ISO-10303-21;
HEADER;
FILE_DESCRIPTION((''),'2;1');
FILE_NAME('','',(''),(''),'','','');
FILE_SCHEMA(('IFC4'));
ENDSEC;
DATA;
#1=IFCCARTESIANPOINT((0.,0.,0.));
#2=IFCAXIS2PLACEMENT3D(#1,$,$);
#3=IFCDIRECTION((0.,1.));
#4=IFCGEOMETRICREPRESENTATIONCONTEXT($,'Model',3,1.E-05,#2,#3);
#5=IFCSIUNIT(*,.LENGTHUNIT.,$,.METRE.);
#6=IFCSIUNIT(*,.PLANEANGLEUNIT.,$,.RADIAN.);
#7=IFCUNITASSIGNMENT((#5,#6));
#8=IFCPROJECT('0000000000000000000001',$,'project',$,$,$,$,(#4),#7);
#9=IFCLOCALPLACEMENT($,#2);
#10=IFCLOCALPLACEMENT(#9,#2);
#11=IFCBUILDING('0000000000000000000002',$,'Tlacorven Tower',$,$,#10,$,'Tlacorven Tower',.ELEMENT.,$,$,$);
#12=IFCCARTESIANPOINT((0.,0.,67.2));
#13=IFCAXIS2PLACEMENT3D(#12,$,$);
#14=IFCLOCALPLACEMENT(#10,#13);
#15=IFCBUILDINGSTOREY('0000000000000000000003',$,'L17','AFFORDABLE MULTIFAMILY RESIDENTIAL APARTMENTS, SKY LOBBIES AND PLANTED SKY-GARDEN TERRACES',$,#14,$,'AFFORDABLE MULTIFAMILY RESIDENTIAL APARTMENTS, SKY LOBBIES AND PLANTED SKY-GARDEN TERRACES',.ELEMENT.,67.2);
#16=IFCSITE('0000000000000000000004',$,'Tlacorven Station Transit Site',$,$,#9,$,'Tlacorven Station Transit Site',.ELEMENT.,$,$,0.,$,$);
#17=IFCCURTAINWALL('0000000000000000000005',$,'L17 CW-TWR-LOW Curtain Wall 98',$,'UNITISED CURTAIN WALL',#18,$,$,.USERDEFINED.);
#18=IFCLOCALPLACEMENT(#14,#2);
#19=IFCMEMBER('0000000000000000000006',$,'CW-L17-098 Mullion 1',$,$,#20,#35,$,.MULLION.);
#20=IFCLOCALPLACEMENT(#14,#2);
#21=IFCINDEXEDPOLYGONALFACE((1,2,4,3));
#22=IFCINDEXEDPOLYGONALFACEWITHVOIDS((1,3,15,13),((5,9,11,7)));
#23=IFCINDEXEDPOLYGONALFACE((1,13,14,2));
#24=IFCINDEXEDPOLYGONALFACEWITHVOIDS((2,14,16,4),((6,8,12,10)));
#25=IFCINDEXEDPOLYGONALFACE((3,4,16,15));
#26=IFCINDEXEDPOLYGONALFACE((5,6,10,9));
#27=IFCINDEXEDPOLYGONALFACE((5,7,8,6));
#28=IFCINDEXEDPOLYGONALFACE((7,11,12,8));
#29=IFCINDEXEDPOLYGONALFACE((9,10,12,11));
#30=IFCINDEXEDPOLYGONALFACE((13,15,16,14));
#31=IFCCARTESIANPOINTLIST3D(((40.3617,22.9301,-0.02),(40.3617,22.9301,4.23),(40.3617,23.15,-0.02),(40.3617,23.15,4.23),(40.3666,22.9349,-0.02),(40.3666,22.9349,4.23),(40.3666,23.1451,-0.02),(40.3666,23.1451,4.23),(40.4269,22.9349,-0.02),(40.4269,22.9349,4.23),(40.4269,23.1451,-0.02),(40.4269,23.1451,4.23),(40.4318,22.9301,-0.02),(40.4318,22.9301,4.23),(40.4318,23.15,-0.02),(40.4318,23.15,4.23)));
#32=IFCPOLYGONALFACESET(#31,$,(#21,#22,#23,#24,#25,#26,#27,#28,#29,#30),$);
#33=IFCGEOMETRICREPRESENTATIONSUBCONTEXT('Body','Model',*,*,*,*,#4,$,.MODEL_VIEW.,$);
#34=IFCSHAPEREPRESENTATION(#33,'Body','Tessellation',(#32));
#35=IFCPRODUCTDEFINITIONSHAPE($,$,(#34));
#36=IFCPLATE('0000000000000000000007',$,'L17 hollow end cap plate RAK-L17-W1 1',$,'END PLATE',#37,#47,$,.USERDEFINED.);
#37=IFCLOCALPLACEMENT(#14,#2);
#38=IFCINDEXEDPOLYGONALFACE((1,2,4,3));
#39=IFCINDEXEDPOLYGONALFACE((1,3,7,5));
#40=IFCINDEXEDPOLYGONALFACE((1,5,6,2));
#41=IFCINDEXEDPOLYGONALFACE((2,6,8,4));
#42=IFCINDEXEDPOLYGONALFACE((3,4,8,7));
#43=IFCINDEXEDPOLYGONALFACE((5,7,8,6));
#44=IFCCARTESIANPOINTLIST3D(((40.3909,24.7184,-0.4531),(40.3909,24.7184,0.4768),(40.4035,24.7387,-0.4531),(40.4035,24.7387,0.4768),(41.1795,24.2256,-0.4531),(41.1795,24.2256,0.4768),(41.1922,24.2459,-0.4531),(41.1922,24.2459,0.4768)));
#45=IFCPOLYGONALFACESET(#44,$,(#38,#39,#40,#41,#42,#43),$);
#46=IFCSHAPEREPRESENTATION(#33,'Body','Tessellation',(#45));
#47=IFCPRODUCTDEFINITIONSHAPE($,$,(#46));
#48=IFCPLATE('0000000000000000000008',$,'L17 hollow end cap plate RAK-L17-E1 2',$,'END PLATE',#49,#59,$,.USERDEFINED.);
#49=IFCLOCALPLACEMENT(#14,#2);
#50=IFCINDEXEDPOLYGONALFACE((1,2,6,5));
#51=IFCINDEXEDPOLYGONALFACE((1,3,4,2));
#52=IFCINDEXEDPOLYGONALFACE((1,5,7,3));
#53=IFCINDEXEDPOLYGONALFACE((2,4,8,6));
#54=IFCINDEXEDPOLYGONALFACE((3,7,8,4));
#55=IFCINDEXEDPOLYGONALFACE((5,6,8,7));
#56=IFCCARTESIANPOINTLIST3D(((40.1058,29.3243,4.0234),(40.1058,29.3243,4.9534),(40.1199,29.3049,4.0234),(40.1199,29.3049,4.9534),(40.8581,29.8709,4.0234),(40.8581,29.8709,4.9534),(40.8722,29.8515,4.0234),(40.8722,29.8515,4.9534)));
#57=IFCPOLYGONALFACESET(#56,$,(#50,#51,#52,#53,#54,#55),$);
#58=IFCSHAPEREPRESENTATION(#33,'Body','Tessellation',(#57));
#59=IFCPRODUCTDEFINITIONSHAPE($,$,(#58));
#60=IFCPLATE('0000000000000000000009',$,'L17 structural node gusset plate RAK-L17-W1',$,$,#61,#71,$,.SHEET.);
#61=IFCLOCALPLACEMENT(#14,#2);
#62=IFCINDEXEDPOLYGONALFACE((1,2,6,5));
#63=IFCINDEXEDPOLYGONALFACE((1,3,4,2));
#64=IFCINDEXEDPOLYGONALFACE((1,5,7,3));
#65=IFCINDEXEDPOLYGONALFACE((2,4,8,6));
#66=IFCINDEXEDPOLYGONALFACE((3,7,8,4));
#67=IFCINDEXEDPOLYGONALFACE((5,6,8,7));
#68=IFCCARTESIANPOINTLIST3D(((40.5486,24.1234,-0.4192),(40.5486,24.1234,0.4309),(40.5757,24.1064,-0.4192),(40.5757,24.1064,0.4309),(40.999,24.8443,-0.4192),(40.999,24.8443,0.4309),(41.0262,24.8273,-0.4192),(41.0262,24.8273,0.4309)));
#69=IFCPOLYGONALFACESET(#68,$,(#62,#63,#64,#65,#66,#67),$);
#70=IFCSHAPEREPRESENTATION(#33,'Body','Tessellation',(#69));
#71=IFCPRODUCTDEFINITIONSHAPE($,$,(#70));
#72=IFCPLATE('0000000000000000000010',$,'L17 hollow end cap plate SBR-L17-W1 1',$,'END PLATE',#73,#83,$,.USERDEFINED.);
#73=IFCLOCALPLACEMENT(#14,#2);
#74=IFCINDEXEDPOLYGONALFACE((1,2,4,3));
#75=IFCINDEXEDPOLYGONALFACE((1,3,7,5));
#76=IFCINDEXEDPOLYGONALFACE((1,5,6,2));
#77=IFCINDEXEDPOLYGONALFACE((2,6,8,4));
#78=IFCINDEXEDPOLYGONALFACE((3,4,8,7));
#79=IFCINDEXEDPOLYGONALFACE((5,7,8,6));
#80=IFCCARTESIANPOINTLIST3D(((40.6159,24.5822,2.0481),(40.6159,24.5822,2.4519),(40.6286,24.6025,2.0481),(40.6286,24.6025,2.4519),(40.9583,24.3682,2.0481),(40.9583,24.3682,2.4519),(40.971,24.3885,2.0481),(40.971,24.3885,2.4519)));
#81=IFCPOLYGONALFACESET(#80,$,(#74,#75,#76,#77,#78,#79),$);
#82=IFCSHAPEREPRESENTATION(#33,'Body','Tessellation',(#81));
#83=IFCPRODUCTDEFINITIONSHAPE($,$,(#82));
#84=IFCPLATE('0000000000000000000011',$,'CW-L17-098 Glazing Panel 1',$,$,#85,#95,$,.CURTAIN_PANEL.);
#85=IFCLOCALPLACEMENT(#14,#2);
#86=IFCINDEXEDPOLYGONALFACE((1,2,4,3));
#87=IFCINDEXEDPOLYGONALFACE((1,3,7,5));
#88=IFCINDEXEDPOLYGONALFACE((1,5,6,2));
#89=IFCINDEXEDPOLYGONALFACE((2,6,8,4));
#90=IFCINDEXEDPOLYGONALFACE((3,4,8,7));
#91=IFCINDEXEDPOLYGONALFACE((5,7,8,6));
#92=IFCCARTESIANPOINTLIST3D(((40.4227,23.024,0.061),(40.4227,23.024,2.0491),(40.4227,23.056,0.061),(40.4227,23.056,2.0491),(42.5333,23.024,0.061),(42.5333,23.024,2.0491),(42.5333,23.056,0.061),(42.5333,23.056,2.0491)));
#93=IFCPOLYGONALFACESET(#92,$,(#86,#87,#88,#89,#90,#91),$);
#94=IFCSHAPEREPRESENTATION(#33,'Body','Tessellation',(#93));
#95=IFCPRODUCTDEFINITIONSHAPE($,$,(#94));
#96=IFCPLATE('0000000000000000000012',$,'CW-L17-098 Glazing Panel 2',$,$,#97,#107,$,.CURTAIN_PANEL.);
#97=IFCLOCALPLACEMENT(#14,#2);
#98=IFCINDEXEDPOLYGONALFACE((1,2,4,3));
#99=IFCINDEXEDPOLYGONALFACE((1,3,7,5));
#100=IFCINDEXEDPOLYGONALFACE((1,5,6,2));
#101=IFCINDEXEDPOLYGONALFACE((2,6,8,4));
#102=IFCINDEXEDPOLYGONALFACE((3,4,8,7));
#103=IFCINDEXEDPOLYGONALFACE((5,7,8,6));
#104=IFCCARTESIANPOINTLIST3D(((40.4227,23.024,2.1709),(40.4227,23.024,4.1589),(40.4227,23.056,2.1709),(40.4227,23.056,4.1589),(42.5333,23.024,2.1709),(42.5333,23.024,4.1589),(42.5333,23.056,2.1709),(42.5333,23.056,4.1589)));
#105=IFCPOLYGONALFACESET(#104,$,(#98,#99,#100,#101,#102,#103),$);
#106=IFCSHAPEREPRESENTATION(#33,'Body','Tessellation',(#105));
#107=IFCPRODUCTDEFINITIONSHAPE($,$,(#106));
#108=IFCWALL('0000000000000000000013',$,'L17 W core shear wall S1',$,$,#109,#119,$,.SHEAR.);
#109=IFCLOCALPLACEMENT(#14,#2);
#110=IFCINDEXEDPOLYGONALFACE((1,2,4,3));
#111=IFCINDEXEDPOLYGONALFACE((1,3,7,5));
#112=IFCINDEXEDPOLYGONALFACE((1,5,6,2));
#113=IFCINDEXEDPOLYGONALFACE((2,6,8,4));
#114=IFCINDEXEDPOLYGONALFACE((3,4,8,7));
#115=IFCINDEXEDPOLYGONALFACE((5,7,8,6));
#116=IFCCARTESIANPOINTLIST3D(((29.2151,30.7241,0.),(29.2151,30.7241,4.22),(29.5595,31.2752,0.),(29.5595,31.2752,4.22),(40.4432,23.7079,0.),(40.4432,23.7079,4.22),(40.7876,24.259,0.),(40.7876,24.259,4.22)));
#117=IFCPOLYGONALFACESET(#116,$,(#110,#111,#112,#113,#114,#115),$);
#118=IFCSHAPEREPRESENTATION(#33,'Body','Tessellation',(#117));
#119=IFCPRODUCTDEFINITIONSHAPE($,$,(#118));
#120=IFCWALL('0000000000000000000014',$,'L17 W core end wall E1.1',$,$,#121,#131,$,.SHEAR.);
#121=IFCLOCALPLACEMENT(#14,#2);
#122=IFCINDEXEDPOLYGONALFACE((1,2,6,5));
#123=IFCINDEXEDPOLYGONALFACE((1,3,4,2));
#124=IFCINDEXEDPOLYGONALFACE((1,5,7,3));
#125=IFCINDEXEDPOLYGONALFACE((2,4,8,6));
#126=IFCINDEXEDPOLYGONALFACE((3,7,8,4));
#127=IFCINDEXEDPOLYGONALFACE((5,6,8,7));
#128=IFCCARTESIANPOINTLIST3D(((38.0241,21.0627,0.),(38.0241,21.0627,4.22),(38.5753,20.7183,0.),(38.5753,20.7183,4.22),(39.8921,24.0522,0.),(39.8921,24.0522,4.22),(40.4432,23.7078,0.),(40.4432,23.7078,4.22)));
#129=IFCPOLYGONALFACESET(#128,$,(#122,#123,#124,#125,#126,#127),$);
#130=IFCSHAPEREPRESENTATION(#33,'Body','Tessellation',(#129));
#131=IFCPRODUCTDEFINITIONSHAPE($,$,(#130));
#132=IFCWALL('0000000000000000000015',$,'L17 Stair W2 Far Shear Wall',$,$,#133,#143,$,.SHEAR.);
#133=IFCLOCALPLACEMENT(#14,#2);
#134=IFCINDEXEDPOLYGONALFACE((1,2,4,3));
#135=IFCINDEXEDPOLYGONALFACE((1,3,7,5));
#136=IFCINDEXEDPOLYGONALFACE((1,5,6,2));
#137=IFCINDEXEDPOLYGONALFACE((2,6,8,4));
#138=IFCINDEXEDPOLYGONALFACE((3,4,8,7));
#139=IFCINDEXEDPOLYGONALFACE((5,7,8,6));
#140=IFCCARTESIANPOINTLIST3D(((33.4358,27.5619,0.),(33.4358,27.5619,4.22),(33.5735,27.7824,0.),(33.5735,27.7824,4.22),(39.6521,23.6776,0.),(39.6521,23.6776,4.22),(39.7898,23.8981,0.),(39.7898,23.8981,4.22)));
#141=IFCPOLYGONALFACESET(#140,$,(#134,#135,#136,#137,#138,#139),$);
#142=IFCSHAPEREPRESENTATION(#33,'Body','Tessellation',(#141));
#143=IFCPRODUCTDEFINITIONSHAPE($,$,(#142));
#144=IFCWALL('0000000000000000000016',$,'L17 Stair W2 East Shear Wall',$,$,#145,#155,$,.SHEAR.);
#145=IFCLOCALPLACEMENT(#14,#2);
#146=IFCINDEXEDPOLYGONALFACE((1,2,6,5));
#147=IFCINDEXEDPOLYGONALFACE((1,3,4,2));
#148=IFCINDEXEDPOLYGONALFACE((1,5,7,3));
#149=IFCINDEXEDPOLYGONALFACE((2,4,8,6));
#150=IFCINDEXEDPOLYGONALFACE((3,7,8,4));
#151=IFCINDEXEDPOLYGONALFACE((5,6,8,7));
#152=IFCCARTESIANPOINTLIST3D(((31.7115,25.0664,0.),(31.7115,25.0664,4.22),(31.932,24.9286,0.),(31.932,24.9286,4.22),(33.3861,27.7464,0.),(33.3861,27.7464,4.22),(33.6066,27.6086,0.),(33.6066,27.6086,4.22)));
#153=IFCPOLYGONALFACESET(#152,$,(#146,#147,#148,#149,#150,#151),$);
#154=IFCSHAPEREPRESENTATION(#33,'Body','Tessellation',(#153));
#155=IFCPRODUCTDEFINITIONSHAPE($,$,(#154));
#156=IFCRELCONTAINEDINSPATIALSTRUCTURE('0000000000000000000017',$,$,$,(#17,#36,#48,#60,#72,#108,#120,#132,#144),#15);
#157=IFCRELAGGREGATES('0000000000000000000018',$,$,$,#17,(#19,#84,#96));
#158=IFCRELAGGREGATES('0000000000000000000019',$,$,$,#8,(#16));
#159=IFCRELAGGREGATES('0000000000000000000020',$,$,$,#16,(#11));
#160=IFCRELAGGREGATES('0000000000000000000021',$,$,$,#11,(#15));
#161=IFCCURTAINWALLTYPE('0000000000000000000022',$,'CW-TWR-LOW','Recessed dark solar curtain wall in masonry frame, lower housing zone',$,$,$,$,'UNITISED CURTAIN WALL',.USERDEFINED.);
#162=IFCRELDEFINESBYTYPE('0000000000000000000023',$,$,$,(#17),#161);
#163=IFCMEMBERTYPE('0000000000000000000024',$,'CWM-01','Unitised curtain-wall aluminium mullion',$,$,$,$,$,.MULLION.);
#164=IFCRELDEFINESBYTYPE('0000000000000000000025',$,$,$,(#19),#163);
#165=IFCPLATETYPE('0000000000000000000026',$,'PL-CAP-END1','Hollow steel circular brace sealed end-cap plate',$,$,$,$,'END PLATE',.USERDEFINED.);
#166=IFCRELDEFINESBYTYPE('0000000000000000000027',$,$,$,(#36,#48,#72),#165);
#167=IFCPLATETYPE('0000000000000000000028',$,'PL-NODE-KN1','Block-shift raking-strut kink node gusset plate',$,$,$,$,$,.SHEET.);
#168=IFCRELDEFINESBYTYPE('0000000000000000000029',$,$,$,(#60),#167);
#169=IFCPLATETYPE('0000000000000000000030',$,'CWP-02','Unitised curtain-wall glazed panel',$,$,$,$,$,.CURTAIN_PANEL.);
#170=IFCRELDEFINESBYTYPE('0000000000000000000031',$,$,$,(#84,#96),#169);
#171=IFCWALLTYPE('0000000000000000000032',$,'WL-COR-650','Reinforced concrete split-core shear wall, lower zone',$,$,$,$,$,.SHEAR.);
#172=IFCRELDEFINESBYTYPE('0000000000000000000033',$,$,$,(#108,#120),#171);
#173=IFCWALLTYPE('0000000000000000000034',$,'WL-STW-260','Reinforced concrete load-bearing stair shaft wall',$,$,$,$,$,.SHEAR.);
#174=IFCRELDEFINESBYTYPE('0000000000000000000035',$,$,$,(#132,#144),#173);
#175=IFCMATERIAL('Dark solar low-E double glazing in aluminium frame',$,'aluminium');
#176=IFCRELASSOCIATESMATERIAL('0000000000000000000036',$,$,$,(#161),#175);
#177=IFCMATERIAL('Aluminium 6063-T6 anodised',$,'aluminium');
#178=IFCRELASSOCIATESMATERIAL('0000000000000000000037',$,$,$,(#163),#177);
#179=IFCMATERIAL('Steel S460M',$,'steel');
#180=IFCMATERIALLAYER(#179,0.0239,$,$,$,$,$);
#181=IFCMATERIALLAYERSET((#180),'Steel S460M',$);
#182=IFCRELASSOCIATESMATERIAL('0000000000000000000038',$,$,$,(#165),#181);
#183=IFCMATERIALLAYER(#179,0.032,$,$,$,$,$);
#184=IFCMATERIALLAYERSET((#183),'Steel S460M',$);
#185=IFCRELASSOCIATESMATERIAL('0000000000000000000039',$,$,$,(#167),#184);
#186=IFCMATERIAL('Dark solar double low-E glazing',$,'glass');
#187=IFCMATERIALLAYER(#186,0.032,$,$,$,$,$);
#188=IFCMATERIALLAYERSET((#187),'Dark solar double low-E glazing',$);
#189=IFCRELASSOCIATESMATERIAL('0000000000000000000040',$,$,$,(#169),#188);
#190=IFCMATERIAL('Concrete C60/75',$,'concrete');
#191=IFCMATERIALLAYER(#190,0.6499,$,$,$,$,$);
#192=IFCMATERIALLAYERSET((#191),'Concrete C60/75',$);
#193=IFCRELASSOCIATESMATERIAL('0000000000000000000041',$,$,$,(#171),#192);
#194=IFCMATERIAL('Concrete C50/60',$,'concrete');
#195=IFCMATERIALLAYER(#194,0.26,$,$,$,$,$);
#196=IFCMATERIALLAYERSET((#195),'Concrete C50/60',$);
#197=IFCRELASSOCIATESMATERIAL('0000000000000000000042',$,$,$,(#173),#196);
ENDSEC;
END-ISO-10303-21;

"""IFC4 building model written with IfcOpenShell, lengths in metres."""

from ifc_helpers import new_model, si_unit, direction, frame, frame_2d, origin, origin_2d, place, context, subcontext, project, spatial, rectangle, hollow_rectangle, extrude, source, transform, mapped, material, layer, layer_set, material_profile, profile_set, type_object, element, aggregate, save


model = new_model("IFC4")

# Units and contexts
model_context = context("Model", 3, precision=1e-05, world=origin(), true_north=direction((0.0, 1.0)))
body_context = subcontext(model_context, "Body", "Model", "MODEL_VIEW")
ifc_project = project(units=[si_unit("LENGTHUNIT", "METRE"), si_unit("PLANEANGLEUNIT", "RADIAN")], contexts=[model_context])

# Site, building, storey
site_placement = place(None, origin())
site = spatial("IfcSite", under=ifc_project, at=site_placement, Name="Tlacorven Station Transit Site", LongName="Tlacorven Station Transit Site", CompositionType="ELEMENT", RefElevation=0.0)
building_placement = place(site_placement, origin())
building = spatial("IfcBuilding", under=site, at=building_placement, Name="Tlacorven Tower", LongName="Tlacorven Tower", CompositionType="ELEMENT")
storey_placement = place(building_placement, frame((0.0, 0.0, 67.2)))
storey = spatial("IfcBuildingStorey", under=building, at=storey_placement, Name="L17", Description="AFFORDABLE MULTIFAMILY RESIDENTIAL APARTMENTS, SKY LOBBIES AND PLANTED SKY-GARDEN TERRACES", LongName="AFFORDABLE MULTIFAMILY RESIDENTIAL APARTMENTS, SKY LOBBIES AND PLANTED SKY-GARDEN TERRACES", CompositionType="ELEMENT", Elevation=67.2)

# Shared definitions
ifc_material_1 = material(Name="Steel S460M", Category="steel")

# Curtain wall, member
ifc_material_2 = material(Name="Dark solar low-E double glazing in aluminium frame", Category="aluminium")
curtain_wall_type = type_object("IfcCurtainWallType", Name="CW-TWR-LOW", Description="Recessed dark solar curtain wall in masonry frame, lower housing zone", ElementType="UNITISED CURTAIN WALL", PredefinedType="USERDEFINED", material=ifc_material_2)
curtain_wall_placement = place(storey_placement, origin())
curtain_wall = element("IfcCurtainWall", 1, at=curtain_wall_placement, inside=storey, type_object=curtain_wall_type, Name="L17 CW-TWR-LOW Curtain Wall 98", ObjectType="UNITISED CURTAIN WALL", PredefinedType="USERDEFINED")
ifc_material_3 = material(Name="Aluminium 6063-T6 anodised", Category="aluminium")
ifc_material_profile_1 = material_profile(ifc_material_3, hollow_rectangle(XDim=0.0701, YDim=0.22, WallThickness=0.0049, at=origin_2d()), Name="ALU MULLION 70X220")
ifc_profile_set_1 = profile_set([ifc_material_profile_1], Name="Aluminium 6063-T6 anodised")
member_type_1 = type_object("IfcMemberType", Name="CWM-01", Description="Unitised curtain-wall aluminium mullion", PredefinedType="MULLION", material=ifc_profile_set_1)
shared_shape_1 = source(origin(), body_context, "Body", "SweptSolid", [
    extrude(hollow_rectangle(XDim=0.0701, YDim=0.22, WallThickness=0.0049, at=origin_2d()), origin(), (0.0, 0.0, 1.0), 4.25),
])
member_1_placement = place(storey_placement, frame((40.3967, 23.04, -0.02), z_axis=(0.0, 0.0, 1.0), x_axis=(1.0, 0.0, 0.0)))
member_1 = element("IfcMember", 2, at=member_1_placement, type_object=member_type_1, Name="CW-L17-098 Mullion 1", PredefinedType="MULLION", context=body_context, shape_type="MappedRepresentation", body=[
    mapped(shared_shape_1, transform((0.0, 0.0, 0.0), scale=1.0)),
])

# Plates
ifc_layer_1 = layer(ifc_material_1, 0.0239)
ifc_layer_set_1 = layer_set([ifc_layer_1], Name="Steel S460M")
plate_type_1 = type_object("IfcPlateType", Name="PL-CAP-END1", Description="Hollow steel circular brace sealed end-cap plate", ElementType="END PLATE", PredefinedType="USERDEFINED", material=ifc_layer_set_1)
shared_shape_2 = source(origin(), body_context, "Body", "SweptSolid", [
    extrude(rectangle(XDim=0.0239, YDim=0.9299, at=origin_2d()), origin(), (0.0, 0.0, 1.0), 0.9299),
])
for number, where, z_axis, x_axis, name in (
    (3, (40.7915, 24.4822, -0.4531), (0.0, 0.0, 1.0), (0.529919, 0.848048, 0.0), "L17 hollow end cap plate RAK-L17-W1 1"),
    (4, (40.489, 29.5879, 4.0234), (0.0, 0.0, 1.0), (-0.587785, 0.809017, 0.0), "L17 hollow end cap plate RAK-L17-E1 2"),
):
    element("IfcPlate", number, at=place(storey_placement, frame(where, z_axis=z_axis, x_axis=x_axis)), inside=storey, type_object=plate_type_1, Name=name, ObjectType="END PLATE", PredefinedType="USERDEFINED", context=body_context, shape_type="MappedRepresentation", body=[
        mapped(shared_shape_2, transform((0.0, 0.0, 0.0), scale=1.0)),
    ])
ifc_layer_2 = layer(ifc_material_1, 0.032)
ifc_layer_set_2 = layer_set([ifc_layer_2], Name="Steel S460M")
plate_type_2 = type_object("IfcPlateType", Name="PL-NODE-KN1", Description="Block-shift raking-strut kink node gusset plate", PredefinedType="SHEET", material=ifc_layer_set_2)
shared_shape_3 = source(origin(), body_context, "Body", "SweptSolid", [
    extrude(rectangle(XDim=0.8501, YDim=0.032, at=origin_2d()), origin(), (0.0, 0.0, 1.0), 0.8501),
])
plate_1_placement = place(storey_placement, frame((40.7874, 24.4753, -0.4192), z_axis=(0.0, 0.0, 1.0), x_axis=(0.529919, 0.848048, 0.0)))
element("IfcPlate", 5, at=plate_1_placement, inside=storey, type_object=plate_type_2, Name="L17 structural node gusset plate RAK-L17-W1", PredefinedType="SHEET", context=body_context, shape_type="MappedRepresentation", body=[
    mapped(shared_shape_3, transform((0.0, 0.0, 0.0), scale=1.0)),
])
shared_shape_4 = source(origin(), body_context, "Body", "SweptSolid", [
    extrude(rectangle(XDim=0.0239, YDim=0.4038, at=origin_2d()), origin(), (0.0, 0.0, 1.0), 0.4038),
])
plate_2_placement = place(storey_placement, frame((40.7935, 24.4854, 2.0481), z_axis=(0.0, 0.0, 1.0), x_axis=(0.52992, 0.848047, 0.0)))
element("IfcPlate", 6, at=plate_2_placement, inside=storey, type_object=plate_type_1, Name="L17 hollow end cap plate SBR-L17-W1 1", ObjectType="END PLATE", PredefinedType="USERDEFINED", context=body_context, shape_type="MappedRepresentation", body=[
    mapped(shared_shape_4, transform((0.0, 0.0, 0.0), scale=1.0)),
])

# Plates
ifc_material_4 = material(Name="Dark solar double low-E glazing", Category="glass")
ifc_layer_3 = layer(ifc_material_4, 0.032)
ifc_layer_set_3 = layer_set([ifc_layer_3], Name="Dark solar double low-E glazing")
plate_type_3 = type_object("IfcPlateType", Name="CWP-02", Description="Unitised curtain-wall glazed panel", PredefinedType="CURTAIN_PANEL", material=ifc_layer_set_3)
shared_shape_5 = source(origin(), body_context, "Body", "SweptSolid", [
    extrude(rectangle(XDim=2.1106, YDim=0.032, at=origin_2d()), origin(), (0.0, 0.0, 1.0), 1.988),
])
plate_3_placement = place(storey_placement, frame((41.478, 23.04, 0.061), z_axis=(0.0, 0.0, 1.0), x_axis=(1.0, 0.0, 0.0)))
plate_3 = element("IfcPlate", 7, at=plate_3_placement, type_object=plate_type_3, Name="CW-L17-098 Glazing Panel 1", PredefinedType="CURTAIN_PANEL", context=body_context, shape_type="MappedRepresentation", body=[
    mapped(shared_shape_5, transform((0.0, 0.0, 0.0), scale=1.0)),
])
plate_4_placement = place(storey_placement, frame((41.478, 23.04, 2.1709), z_axis=(0.0, 0.0, 1.0), x_axis=(1.0, 0.0, 0.0)))
plate_4 = element("IfcPlate", 8, at=plate_4_placement, type_object=plate_type_3, Name="CW-L17-098 Glazing Panel 2", PredefinedType="CURTAIN_PANEL", context=body_context, shape_type="MappedRepresentation", body=[
    mapped(shared_shape_5, transform((0.0, 0.0, 0.0), scale=1.0)),
])
aggregate(curtain_wall, [member_1, plate_3, plate_4])

# Walls
ifc_material_5 = material(Name="Concrete C60/75", Category="concrete")
ifc_layer_4 = layer(ifc_material_5, 0.6499)
ifc_layer_set_4 = layer_set([ifc_layer_4], Name="Concrete C60/75")
wall_type_1 = type_object("IfcWallType", Name="WL-COR-650", Description="Reinforced concrete split-core shear wall, lower zone", PredefinedType="SHEAR", material=ifc_layer_set_4)
wall_1_placement = place(storey_placement, frame((40.6155, 23.9834, 0.0), z_axis=(0.0, 0.0, 1.0), x_axis=(-0.848046, 0.529923, 0.0)))
element("IfcWall", 9, at=wall_1_placement, inside=storey, type_object=wall_type_1, Name="L17 W core shear wall S1", PredefinedType="SHEAR", context=body_context, shape_type="SweptSolid", body=[
    extrude(rectangle(XDim=13.24, YDim=0.6499, at=frame_2d((6.6201, 0.0))), origin(), (0.0, 0.0, 1.0), 4.22),
])
wall_2_placement = place(storey_placement, frame((40.1677, 23.8801, 0.0), z_axis=(0.0, 0.0, 1.0), x_axis=(-0.529893, -0.848064, 0.0)))
element("IfcWall", 10, at=wall_2_placement, inside=storey, type_object=wall_type_1, Name="L17 W core end wall E1.1", PredefinedType="SHEAR", context=body_context, shape_type="SweptSolid", body=[
    extrude(rectangle(XDim=3.5251, YDim=0.6499, at=frame_2d((1.7627, 0.0))), origin(), (0.0, 0.0, 1.0), 4.22),
])
ifc_material_6 = material(Name="Concrete C50/60", Category="concrete")
ifc_layer_5 = layer(ifc_material_6, 0.26)
ifc_layer_set_5 = layer_set([ifc_layer_5], Name="Concrete C50/60")
wall_type_2 = type_object("IfcWallType", Name="WL-STW-260", Description="Reinforced concrete load-bearing stair shaft wall", PredefinedType="SHEAR", material=ifc_layer_set_5)
wall_3_placement = place(storey_placement, frame((39.7209, 23.7878, 0.0), z_axis=(0.0, 0.0, 1.0), x_axis=(-0.848054, 0.529909, 0.0)))
element("IfcWall", 11, at=wall_3_placement, inside=storey, type_object=wall_type_2, Name="L17 Stair W2 Far Shear Wall", PredefinedType="SHEAR", context=body_context, shape_type="SweptSolid", body=[
    extrude(rectangle(XDim=7.3301, YDim=0.26, at=frame_2d((3.665, 0.0))), origin(), (0.0, 0.0, 1.0), 4.22),
])
wall_4_placement = place(storey_placement, frame((33.4963, 27.6775, 0.0), z_axis=(0.0, 0.0, 1.0), x_axis=(-0.529909, -0.848055, 0.0)))
element("IfcWall", 12, at=wall_4_placement, inside=storey, type_object=wall_type_2, Name="L17 Stair W2 East Shear Wall", PredefinedType="SHEAR", context=body_context, shape_type="SweptSolid", body=[
    extrude(rectangle(XDim=3.1602, YDim=0.26, at=frame_2d((1.5801, 0.0))), origin(), (0.0, 0.0, 1.0), 4.22),
])

save(model, "model.ifc")
